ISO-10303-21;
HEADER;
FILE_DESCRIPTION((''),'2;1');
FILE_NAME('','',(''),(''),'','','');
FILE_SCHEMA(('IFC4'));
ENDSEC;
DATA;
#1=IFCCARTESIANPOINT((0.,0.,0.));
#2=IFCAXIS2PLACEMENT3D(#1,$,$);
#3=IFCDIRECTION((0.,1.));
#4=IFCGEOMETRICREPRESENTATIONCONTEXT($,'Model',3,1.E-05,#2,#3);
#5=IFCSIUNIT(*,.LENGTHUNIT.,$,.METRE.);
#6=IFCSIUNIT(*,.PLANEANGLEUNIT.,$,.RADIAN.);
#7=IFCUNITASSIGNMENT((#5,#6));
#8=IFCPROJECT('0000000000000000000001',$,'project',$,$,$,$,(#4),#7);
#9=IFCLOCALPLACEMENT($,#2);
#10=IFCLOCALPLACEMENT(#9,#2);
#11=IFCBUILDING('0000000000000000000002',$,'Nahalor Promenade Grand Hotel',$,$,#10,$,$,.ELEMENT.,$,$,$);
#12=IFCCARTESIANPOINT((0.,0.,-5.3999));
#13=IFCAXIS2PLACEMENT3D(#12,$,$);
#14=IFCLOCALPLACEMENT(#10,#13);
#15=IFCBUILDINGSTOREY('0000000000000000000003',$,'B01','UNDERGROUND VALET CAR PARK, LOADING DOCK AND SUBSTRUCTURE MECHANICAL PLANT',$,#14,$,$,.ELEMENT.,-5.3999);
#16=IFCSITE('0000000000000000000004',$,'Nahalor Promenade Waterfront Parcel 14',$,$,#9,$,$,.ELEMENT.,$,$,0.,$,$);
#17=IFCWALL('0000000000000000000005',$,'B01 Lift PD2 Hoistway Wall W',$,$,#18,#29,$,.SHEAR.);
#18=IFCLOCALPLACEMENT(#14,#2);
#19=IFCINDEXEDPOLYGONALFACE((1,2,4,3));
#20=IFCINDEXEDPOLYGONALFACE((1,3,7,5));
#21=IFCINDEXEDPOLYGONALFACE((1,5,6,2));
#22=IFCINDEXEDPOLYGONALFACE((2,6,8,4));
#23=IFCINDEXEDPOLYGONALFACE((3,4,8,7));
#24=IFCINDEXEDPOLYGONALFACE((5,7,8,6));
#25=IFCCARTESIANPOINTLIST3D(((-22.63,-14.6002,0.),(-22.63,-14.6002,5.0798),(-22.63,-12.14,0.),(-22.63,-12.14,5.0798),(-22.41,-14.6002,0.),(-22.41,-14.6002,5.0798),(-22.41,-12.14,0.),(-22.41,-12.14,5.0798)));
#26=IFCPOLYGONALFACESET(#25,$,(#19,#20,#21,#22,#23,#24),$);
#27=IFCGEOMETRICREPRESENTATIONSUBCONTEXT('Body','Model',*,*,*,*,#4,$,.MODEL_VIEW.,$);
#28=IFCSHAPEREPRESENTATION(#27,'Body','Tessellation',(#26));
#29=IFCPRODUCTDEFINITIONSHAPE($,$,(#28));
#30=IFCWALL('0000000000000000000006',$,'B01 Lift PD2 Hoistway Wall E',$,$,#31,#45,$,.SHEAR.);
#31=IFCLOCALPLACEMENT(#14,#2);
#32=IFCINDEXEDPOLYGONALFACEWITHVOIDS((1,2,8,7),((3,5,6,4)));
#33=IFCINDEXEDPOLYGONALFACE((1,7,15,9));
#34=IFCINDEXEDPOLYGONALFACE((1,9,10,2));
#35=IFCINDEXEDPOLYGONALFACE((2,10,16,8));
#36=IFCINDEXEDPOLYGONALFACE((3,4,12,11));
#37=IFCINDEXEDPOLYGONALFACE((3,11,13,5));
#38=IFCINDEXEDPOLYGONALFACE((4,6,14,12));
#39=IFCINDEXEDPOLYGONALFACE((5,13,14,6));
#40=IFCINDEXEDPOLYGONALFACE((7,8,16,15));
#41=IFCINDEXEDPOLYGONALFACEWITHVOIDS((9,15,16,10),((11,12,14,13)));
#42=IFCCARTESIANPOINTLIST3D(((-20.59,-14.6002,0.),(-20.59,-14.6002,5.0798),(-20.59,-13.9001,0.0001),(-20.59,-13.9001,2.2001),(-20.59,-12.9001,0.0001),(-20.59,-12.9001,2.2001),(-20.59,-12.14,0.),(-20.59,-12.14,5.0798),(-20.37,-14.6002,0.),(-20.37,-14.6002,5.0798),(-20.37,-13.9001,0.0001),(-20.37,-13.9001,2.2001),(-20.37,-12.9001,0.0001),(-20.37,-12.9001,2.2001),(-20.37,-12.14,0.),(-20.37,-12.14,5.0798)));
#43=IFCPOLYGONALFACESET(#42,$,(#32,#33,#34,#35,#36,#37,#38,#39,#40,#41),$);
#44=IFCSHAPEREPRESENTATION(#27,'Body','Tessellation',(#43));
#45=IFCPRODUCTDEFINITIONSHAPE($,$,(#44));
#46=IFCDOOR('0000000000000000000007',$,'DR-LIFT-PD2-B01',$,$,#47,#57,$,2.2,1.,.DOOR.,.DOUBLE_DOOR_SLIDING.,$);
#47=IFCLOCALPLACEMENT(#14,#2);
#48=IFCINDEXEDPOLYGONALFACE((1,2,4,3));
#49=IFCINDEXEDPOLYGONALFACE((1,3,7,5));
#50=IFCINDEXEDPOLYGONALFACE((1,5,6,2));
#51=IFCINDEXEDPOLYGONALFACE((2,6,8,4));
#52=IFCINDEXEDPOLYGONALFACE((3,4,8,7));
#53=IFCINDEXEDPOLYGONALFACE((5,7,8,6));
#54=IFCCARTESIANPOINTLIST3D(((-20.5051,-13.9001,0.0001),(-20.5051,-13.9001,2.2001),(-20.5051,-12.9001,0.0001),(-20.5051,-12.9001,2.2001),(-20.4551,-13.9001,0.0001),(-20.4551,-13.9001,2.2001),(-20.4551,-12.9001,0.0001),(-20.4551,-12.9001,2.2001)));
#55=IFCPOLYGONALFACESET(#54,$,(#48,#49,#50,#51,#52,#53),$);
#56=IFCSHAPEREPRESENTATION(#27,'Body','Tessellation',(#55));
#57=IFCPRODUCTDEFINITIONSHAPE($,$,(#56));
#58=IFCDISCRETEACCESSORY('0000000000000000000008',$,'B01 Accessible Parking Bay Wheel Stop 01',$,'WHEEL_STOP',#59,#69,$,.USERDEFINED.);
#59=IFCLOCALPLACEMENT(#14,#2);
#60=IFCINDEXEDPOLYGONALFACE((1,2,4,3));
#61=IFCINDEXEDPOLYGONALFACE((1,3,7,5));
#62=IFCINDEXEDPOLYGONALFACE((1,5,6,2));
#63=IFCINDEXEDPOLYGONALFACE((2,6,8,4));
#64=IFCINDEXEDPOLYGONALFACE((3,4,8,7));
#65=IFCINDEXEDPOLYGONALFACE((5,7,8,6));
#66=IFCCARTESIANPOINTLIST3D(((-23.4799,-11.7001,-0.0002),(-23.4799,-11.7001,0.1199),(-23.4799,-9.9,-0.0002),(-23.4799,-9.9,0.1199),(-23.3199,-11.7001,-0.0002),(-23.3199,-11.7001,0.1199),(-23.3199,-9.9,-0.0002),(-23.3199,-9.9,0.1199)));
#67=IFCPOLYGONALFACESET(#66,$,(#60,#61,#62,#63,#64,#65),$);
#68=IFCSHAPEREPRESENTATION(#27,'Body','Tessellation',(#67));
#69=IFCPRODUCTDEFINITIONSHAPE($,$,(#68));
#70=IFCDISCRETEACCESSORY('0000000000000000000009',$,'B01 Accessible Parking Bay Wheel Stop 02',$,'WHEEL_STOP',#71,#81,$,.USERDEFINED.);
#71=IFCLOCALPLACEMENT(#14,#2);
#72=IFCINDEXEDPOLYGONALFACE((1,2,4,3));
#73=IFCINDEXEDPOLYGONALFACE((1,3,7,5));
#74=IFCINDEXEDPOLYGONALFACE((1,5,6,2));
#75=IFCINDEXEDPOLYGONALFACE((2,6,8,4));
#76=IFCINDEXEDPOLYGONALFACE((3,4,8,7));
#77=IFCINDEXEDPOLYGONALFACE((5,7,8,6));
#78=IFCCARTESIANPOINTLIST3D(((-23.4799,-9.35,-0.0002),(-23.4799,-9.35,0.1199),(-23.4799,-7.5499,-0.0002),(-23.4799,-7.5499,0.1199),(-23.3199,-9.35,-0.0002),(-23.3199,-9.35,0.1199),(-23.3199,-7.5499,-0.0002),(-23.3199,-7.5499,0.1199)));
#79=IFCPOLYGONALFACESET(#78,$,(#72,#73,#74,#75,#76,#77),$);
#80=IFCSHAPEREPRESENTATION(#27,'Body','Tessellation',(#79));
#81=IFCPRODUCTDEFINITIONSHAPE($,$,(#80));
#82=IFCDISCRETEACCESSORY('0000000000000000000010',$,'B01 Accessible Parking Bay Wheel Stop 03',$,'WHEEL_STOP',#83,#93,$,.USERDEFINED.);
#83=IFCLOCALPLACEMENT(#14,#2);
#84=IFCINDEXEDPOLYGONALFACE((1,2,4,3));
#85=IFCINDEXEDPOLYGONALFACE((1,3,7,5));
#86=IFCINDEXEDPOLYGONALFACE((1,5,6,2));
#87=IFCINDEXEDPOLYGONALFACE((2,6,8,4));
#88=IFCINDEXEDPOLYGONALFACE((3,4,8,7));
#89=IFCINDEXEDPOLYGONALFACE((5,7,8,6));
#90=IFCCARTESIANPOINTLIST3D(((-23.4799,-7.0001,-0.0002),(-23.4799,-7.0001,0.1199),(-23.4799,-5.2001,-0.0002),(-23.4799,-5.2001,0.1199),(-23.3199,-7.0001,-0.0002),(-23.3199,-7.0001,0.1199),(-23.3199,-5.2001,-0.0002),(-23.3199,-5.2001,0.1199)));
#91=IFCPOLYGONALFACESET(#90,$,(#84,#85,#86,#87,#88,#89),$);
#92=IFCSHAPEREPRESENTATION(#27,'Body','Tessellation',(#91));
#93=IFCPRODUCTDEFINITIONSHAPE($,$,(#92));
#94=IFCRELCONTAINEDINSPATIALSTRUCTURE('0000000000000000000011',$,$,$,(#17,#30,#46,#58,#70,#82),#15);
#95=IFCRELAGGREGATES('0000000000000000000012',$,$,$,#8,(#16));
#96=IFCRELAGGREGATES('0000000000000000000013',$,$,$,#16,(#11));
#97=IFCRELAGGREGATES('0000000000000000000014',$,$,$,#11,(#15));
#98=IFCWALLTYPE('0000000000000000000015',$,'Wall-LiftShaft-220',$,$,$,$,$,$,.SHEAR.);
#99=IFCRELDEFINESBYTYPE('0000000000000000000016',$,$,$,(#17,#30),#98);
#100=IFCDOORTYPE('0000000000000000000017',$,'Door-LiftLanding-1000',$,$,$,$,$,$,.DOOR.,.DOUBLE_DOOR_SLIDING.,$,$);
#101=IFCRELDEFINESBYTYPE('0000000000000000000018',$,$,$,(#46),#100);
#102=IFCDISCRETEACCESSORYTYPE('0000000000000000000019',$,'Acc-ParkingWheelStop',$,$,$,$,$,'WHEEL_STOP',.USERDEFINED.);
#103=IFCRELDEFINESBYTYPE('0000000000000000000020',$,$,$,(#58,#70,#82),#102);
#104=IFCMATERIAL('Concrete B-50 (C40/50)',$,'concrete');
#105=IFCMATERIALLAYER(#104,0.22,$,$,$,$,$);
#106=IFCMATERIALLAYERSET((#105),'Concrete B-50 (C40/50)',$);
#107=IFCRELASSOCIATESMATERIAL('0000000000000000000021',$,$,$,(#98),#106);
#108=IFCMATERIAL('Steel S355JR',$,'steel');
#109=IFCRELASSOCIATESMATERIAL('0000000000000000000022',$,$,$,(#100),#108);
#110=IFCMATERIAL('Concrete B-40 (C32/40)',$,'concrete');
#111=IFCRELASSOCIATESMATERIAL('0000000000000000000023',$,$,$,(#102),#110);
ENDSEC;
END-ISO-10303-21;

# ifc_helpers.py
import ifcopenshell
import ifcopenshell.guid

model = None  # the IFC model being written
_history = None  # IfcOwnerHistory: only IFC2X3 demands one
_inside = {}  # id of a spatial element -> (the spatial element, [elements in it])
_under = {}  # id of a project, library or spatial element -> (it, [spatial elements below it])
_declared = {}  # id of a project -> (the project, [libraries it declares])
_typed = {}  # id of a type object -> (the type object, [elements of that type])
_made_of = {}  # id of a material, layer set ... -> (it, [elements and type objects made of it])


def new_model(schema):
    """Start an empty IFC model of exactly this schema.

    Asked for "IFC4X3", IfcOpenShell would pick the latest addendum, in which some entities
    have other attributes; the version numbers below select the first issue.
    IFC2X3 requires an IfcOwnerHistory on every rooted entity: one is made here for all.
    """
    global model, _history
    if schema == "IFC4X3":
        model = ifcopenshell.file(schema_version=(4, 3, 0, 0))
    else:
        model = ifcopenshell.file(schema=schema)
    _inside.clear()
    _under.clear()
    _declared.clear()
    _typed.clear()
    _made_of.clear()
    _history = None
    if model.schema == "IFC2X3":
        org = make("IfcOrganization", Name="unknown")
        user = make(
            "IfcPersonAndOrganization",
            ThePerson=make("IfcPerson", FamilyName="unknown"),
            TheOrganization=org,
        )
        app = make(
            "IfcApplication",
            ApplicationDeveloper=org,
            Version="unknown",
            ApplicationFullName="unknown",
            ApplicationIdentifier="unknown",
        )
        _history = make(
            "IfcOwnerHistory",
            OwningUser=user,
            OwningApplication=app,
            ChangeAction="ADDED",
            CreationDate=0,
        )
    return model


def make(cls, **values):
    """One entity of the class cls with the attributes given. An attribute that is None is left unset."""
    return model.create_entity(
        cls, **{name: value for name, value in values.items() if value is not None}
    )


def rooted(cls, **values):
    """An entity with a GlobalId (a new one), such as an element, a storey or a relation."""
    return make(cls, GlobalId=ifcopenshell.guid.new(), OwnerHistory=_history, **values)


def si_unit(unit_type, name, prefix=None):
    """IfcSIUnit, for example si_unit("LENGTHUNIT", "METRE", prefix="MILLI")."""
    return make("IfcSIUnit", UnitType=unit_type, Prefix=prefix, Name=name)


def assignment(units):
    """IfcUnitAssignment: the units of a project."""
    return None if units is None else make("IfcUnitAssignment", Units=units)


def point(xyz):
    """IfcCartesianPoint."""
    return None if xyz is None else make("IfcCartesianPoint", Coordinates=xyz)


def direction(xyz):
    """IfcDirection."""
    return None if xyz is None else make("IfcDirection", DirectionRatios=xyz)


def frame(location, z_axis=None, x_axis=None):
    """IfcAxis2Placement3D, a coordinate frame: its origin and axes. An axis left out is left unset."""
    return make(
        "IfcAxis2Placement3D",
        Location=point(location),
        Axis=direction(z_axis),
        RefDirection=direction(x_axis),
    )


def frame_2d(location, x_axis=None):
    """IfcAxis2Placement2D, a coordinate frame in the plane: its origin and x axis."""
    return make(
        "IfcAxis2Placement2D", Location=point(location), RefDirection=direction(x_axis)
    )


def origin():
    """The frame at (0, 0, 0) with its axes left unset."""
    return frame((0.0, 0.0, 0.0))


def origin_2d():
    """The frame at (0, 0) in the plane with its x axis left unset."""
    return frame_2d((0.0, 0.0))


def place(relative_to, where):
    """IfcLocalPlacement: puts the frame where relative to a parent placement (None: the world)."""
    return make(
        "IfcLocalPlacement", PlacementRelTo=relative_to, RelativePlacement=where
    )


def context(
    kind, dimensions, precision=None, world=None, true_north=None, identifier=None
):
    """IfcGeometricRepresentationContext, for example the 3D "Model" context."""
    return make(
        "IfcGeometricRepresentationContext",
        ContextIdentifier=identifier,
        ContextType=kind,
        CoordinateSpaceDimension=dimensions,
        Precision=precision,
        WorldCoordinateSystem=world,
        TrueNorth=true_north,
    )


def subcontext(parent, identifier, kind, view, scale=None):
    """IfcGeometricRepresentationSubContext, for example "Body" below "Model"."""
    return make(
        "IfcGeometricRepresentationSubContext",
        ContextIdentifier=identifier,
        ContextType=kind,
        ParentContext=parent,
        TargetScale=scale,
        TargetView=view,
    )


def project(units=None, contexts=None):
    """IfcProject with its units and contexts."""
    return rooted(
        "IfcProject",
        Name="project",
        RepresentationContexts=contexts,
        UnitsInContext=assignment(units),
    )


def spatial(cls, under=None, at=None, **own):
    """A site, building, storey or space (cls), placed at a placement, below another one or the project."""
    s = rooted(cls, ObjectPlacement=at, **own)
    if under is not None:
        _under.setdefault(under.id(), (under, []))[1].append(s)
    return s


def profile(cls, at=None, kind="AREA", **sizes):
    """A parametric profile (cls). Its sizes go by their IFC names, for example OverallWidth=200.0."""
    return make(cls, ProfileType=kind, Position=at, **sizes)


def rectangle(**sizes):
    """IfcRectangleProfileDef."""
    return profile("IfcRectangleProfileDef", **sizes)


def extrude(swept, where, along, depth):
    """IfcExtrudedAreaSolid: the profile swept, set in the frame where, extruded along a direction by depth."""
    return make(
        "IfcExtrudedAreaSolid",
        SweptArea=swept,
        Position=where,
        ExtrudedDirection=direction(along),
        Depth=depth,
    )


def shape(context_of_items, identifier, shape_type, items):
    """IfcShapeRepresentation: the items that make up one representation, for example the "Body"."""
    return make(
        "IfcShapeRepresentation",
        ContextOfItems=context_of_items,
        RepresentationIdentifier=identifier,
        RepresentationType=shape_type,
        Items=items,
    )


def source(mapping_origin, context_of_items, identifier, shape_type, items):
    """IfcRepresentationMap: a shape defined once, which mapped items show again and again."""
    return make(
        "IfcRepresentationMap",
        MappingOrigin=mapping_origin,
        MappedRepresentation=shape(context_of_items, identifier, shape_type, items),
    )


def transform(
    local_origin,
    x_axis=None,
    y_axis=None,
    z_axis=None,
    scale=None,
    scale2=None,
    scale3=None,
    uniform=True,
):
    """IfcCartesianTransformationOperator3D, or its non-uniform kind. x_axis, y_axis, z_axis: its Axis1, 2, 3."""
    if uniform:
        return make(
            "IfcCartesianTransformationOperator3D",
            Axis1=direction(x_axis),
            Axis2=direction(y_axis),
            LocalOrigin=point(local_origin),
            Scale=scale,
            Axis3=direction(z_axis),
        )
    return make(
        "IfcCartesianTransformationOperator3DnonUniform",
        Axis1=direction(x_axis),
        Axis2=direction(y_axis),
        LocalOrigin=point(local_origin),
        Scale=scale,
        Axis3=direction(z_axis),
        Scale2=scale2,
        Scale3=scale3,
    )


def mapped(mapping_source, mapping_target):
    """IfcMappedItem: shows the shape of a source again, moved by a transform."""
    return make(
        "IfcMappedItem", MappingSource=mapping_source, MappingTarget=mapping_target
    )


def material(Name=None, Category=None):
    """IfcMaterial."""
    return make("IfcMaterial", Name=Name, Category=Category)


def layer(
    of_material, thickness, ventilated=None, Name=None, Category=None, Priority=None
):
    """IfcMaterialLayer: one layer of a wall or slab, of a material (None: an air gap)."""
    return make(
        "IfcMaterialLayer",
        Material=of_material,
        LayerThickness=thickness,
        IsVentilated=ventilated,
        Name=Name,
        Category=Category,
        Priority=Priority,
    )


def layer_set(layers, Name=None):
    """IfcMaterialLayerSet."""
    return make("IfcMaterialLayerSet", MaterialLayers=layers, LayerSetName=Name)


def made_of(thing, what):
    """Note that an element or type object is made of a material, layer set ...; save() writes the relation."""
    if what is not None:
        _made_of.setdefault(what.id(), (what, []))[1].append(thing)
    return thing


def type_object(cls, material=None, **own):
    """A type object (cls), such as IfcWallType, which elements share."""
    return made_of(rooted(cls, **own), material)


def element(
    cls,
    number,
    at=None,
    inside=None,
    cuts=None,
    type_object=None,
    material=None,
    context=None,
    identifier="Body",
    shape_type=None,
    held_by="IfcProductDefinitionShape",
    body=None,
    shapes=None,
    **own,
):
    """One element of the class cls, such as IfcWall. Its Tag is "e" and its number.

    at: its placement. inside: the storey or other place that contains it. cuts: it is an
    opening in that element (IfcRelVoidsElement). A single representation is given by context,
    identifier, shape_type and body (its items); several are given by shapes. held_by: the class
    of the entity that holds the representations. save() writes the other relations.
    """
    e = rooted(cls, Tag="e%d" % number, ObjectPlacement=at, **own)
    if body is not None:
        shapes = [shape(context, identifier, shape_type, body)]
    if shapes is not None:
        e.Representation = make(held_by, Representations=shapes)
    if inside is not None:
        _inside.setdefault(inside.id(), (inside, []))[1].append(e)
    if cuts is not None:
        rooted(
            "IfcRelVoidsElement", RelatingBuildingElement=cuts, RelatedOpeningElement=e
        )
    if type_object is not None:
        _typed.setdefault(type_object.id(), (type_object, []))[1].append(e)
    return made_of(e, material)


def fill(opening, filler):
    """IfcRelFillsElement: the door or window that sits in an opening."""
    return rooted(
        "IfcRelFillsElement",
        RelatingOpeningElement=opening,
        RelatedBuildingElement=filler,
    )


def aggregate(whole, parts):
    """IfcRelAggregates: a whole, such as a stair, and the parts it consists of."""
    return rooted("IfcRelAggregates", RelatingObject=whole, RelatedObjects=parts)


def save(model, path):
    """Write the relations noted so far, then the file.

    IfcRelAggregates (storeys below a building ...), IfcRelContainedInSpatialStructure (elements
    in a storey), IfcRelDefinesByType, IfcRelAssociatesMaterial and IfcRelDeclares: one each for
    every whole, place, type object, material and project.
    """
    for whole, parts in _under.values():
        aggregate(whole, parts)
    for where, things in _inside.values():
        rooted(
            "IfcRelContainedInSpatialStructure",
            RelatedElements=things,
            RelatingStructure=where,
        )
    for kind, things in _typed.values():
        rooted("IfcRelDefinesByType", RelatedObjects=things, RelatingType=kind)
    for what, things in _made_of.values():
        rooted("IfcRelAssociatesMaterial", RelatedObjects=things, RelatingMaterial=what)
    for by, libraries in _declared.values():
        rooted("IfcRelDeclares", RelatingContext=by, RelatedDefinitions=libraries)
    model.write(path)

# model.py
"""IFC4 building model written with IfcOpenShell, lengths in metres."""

from ifc_helpers import new_model, si_unit, direction, frame, frame_2d, origin, origin_2d, place, context, subcontext, project, spatial, rectangle, extrude, source, transform, mapped, material, layer, layer_set, type_object, element, fill, save


model = new_model("IFC4")

# Units and contexts
model_context = context("Model", 3, precision=1e-05, world=origin(), true_north=direction((0.0, 1.0)))
body_context = subcontext(model_context, "Body", "Model", "MODEL_VIEW")
ifc_project = project(units=[si_unit("LENGTHUNIT", "METRE"), si_unit("PLANEANGLEUNIT", "RADIAN")], contexts=[model_context])

# Site, building, storey
site_placement = place(None, origin())
site = spatial("IfcSite", under=ifc_project, at=site_placement, Name="Nahalor Promenade Waterfront Parcel 14", CompositionType="ELEMENT", RefElevation=0.0)
building_placement = place(site_placement, origin())
building = spatial("IfcBuilding", under=site, at=building_placement, Name="Nahalor Promenade Grand Hotel", CompositionType="ELEMENT")
storey_placement = place(building_placement, frame((0.0, 0.0, -5.3999)))
storey = spatial("IfcBuildingStorey", under=building, at=storey_placement, Name="B01", Description="UNDERGROUND VALET CAR PARK, LOADING DOCK AND SUBSTRUCTURE MECHANICAL PLANT", CompositionType="ELEMENT", Elevation=-5.3999)

# Shared definitions
ifc_material_1 = material(Name="Steel S355JR", Category="steel")

# Shared definitions
ifc_material_2 = material(Name="Concrete B-50 (C40/50)", Category="concrete")
ifc_layer = layer(ifc_material_2, 0.22)
ifc_layer_set = layer_set([ifc_layer], Name="Concrete B-50 (C40/50)")
wall_type = type_object("IfcWallType", Name="Wall-LiftShaft-220", PredefinedType="SHEAR", material=ifc_layer_set)

# Shared definitions
door_type = type_object("IfcDoorType", Name="Door-LiftLanding-1000", OperationType="DOUBLE_DOOR_SLIDING", PredefinedType="DOOR", material=ifc_material_1)
shared_shape_1 = source(origin(), body_context, "Body", "SweptSolid", [
    extrude(rectangle(XDim=1.0, YDim=2.2, at=frame_2d((0.5, 1.1001))), frame((0.0, 0.0249, 0.0), z_axis=(0.0, -1.0, 0.0), x_axis=(1.0, 0.0, 0.0)), (0.0, 0.0, 1.0), 0.05),
])

# Wall
shared_shape_2 = source(origin(), body_context, "Body", "SweptSolid", [
    extrude(rectangle(XDim=2.4602, YDim=0.22, at=frame_2d((1.23, 0.0))), origin(), (0.0, 0.0, 1.0), 5.0798),
])
wall_1_placement = place(storey_placement, frame((-22.52, -14.6001, 0.0), z_axis=(0.0, 0.0, 1.0), x_axis=(0.0, 1.0, 0.0)))
element("IfcWall", 1, at=wall_1_placement, inside=storey, type_object=wall_type, Name="B01 Lift PD2 Hoistway Wall W", PredefinedType="SHEAR", context=body_context, shape_type="MappedRepresentation", body=[
    mapped(shared_shape_2, transform((0.0, 0.0, 0.0), scale=1.0)),
])

# Wall, opening, door
wall_2_placement = place(storey_placement, frame((-20.48, -14.6001, 0.0), z_axis=(0.0, 0.0, 1.0), x_axis=(0.0, 1.0, 0.0)))
wall_2 = element("IfcWall", 2, at=wall_2_placement, inside=storey, type_object=wall_type, Name="B01 Lift PD2 Hoistway Wall E", PredefinedType="SHEAR", context=body_context, shape_type="MappedRepresentation", body=[
    mapped(shared_shape_2, transform((0.0, 0.0, 0.0), scale=1.0)),
])
opening_1_placement = place(wall_2_placement, frame((0.7, 0.0, 0.0)))
opening_1 = element("IfcOpeningElement", 3, at=opening_1_placement, cuts=wall_2, PredefinedType="OPENING", context=body_context, shape_type="SweptSolid", body=[
    extrude(rectangle(XDim=1.0, YDim=2.2, at=frame_2d((0.5, 1.1001))), frame((0.0, 0.1199, 0.0), z_axis=(0.0, -1.0, 0.0), x_axis=(1.0, 0.0, 0.0)), (0.0, 0.0, 1.0), 0.24),
])
door_1_placement = place(opening_1_placement, frame((1.0, 0.0, 0.0), z_axis=(0.0, 0.0, 1.0), x_axis=(-1.0, 0.0, 0.0)))
door_1 = element("IfcDoor", 4, at=door_1_placement, inside=storey, type_object=door_type, Name="DR-LIFT-PD2-B01", OperationType="DOUBLE_DOOR_SLIDING", OverallHeight=2.2, OverallWidth=1.0, PredefinedType="DOOR", context=body_context, shape_type="MappedRepresentation", body=[
    mapped(shared_shape_1, transform((0.0, 0.0, 0.0), scale=1.0)),
])
fill(opening_1, door_1)

# Discrete accessories
ifc_material_3 = material(Name="Concrete B-40 (C32/40)", Category="concrete")
discrete_accessory_type = type_object("IfcDiscreteAccessoryType", Name="Acc-ParkingWheelStop", ElementType="WHEEL_STOP", PredefinedType="USERDEFINED", material=ifc_material_3)
shared_shape_3 = source(origin(), body_context, "Body", "SweptSolid", [
    extrude(rectangle(XDim=1.8, YDim=0.1599, at=origin_2d()), origin(), (0.0, 0.0, 1.0), 0.1201),
])
for number, where, z_axis, x_axis, name in (
    (5, (-23.3999, -10.8, -0.0002), (0.0, 0.0, 1.0), (0.0, 1.0, 0.0), "B01 Accessible Parking Bay Wheel Stop 01"),
    (6, (-23.3999, -8.45, -0.0002), (0.0, 0.0, 1.0), (0.0, 1.0, 0.0), "B01 Accessible Parking Bay Wheel Stop 02"),
    (7, (-23.3999, -6.1001, -0.0002), (0.0, 0.0, 1.0), (0.0, 1.0, 0.0), "B01 Accessible Parking Bay Wheel Stop 03"),
):
    element("IfcDiscreteAccessory", number, at=place(storey_placement, frame(where, z_axis=z_axis, x_axis=x_axis)), inside=storey, type_object=discrete_accessory_type, Name=name, ObjectType="WHEEL_STOP", PredefinedType="USERDEFINED", context=body_context, shape_type="MappedRepresentation", body=[
        mapped(shared_shape_3, transform((0.0, 0.0, 0.0), scale=1.0)),
    ])

save(model, "model.ifc")
